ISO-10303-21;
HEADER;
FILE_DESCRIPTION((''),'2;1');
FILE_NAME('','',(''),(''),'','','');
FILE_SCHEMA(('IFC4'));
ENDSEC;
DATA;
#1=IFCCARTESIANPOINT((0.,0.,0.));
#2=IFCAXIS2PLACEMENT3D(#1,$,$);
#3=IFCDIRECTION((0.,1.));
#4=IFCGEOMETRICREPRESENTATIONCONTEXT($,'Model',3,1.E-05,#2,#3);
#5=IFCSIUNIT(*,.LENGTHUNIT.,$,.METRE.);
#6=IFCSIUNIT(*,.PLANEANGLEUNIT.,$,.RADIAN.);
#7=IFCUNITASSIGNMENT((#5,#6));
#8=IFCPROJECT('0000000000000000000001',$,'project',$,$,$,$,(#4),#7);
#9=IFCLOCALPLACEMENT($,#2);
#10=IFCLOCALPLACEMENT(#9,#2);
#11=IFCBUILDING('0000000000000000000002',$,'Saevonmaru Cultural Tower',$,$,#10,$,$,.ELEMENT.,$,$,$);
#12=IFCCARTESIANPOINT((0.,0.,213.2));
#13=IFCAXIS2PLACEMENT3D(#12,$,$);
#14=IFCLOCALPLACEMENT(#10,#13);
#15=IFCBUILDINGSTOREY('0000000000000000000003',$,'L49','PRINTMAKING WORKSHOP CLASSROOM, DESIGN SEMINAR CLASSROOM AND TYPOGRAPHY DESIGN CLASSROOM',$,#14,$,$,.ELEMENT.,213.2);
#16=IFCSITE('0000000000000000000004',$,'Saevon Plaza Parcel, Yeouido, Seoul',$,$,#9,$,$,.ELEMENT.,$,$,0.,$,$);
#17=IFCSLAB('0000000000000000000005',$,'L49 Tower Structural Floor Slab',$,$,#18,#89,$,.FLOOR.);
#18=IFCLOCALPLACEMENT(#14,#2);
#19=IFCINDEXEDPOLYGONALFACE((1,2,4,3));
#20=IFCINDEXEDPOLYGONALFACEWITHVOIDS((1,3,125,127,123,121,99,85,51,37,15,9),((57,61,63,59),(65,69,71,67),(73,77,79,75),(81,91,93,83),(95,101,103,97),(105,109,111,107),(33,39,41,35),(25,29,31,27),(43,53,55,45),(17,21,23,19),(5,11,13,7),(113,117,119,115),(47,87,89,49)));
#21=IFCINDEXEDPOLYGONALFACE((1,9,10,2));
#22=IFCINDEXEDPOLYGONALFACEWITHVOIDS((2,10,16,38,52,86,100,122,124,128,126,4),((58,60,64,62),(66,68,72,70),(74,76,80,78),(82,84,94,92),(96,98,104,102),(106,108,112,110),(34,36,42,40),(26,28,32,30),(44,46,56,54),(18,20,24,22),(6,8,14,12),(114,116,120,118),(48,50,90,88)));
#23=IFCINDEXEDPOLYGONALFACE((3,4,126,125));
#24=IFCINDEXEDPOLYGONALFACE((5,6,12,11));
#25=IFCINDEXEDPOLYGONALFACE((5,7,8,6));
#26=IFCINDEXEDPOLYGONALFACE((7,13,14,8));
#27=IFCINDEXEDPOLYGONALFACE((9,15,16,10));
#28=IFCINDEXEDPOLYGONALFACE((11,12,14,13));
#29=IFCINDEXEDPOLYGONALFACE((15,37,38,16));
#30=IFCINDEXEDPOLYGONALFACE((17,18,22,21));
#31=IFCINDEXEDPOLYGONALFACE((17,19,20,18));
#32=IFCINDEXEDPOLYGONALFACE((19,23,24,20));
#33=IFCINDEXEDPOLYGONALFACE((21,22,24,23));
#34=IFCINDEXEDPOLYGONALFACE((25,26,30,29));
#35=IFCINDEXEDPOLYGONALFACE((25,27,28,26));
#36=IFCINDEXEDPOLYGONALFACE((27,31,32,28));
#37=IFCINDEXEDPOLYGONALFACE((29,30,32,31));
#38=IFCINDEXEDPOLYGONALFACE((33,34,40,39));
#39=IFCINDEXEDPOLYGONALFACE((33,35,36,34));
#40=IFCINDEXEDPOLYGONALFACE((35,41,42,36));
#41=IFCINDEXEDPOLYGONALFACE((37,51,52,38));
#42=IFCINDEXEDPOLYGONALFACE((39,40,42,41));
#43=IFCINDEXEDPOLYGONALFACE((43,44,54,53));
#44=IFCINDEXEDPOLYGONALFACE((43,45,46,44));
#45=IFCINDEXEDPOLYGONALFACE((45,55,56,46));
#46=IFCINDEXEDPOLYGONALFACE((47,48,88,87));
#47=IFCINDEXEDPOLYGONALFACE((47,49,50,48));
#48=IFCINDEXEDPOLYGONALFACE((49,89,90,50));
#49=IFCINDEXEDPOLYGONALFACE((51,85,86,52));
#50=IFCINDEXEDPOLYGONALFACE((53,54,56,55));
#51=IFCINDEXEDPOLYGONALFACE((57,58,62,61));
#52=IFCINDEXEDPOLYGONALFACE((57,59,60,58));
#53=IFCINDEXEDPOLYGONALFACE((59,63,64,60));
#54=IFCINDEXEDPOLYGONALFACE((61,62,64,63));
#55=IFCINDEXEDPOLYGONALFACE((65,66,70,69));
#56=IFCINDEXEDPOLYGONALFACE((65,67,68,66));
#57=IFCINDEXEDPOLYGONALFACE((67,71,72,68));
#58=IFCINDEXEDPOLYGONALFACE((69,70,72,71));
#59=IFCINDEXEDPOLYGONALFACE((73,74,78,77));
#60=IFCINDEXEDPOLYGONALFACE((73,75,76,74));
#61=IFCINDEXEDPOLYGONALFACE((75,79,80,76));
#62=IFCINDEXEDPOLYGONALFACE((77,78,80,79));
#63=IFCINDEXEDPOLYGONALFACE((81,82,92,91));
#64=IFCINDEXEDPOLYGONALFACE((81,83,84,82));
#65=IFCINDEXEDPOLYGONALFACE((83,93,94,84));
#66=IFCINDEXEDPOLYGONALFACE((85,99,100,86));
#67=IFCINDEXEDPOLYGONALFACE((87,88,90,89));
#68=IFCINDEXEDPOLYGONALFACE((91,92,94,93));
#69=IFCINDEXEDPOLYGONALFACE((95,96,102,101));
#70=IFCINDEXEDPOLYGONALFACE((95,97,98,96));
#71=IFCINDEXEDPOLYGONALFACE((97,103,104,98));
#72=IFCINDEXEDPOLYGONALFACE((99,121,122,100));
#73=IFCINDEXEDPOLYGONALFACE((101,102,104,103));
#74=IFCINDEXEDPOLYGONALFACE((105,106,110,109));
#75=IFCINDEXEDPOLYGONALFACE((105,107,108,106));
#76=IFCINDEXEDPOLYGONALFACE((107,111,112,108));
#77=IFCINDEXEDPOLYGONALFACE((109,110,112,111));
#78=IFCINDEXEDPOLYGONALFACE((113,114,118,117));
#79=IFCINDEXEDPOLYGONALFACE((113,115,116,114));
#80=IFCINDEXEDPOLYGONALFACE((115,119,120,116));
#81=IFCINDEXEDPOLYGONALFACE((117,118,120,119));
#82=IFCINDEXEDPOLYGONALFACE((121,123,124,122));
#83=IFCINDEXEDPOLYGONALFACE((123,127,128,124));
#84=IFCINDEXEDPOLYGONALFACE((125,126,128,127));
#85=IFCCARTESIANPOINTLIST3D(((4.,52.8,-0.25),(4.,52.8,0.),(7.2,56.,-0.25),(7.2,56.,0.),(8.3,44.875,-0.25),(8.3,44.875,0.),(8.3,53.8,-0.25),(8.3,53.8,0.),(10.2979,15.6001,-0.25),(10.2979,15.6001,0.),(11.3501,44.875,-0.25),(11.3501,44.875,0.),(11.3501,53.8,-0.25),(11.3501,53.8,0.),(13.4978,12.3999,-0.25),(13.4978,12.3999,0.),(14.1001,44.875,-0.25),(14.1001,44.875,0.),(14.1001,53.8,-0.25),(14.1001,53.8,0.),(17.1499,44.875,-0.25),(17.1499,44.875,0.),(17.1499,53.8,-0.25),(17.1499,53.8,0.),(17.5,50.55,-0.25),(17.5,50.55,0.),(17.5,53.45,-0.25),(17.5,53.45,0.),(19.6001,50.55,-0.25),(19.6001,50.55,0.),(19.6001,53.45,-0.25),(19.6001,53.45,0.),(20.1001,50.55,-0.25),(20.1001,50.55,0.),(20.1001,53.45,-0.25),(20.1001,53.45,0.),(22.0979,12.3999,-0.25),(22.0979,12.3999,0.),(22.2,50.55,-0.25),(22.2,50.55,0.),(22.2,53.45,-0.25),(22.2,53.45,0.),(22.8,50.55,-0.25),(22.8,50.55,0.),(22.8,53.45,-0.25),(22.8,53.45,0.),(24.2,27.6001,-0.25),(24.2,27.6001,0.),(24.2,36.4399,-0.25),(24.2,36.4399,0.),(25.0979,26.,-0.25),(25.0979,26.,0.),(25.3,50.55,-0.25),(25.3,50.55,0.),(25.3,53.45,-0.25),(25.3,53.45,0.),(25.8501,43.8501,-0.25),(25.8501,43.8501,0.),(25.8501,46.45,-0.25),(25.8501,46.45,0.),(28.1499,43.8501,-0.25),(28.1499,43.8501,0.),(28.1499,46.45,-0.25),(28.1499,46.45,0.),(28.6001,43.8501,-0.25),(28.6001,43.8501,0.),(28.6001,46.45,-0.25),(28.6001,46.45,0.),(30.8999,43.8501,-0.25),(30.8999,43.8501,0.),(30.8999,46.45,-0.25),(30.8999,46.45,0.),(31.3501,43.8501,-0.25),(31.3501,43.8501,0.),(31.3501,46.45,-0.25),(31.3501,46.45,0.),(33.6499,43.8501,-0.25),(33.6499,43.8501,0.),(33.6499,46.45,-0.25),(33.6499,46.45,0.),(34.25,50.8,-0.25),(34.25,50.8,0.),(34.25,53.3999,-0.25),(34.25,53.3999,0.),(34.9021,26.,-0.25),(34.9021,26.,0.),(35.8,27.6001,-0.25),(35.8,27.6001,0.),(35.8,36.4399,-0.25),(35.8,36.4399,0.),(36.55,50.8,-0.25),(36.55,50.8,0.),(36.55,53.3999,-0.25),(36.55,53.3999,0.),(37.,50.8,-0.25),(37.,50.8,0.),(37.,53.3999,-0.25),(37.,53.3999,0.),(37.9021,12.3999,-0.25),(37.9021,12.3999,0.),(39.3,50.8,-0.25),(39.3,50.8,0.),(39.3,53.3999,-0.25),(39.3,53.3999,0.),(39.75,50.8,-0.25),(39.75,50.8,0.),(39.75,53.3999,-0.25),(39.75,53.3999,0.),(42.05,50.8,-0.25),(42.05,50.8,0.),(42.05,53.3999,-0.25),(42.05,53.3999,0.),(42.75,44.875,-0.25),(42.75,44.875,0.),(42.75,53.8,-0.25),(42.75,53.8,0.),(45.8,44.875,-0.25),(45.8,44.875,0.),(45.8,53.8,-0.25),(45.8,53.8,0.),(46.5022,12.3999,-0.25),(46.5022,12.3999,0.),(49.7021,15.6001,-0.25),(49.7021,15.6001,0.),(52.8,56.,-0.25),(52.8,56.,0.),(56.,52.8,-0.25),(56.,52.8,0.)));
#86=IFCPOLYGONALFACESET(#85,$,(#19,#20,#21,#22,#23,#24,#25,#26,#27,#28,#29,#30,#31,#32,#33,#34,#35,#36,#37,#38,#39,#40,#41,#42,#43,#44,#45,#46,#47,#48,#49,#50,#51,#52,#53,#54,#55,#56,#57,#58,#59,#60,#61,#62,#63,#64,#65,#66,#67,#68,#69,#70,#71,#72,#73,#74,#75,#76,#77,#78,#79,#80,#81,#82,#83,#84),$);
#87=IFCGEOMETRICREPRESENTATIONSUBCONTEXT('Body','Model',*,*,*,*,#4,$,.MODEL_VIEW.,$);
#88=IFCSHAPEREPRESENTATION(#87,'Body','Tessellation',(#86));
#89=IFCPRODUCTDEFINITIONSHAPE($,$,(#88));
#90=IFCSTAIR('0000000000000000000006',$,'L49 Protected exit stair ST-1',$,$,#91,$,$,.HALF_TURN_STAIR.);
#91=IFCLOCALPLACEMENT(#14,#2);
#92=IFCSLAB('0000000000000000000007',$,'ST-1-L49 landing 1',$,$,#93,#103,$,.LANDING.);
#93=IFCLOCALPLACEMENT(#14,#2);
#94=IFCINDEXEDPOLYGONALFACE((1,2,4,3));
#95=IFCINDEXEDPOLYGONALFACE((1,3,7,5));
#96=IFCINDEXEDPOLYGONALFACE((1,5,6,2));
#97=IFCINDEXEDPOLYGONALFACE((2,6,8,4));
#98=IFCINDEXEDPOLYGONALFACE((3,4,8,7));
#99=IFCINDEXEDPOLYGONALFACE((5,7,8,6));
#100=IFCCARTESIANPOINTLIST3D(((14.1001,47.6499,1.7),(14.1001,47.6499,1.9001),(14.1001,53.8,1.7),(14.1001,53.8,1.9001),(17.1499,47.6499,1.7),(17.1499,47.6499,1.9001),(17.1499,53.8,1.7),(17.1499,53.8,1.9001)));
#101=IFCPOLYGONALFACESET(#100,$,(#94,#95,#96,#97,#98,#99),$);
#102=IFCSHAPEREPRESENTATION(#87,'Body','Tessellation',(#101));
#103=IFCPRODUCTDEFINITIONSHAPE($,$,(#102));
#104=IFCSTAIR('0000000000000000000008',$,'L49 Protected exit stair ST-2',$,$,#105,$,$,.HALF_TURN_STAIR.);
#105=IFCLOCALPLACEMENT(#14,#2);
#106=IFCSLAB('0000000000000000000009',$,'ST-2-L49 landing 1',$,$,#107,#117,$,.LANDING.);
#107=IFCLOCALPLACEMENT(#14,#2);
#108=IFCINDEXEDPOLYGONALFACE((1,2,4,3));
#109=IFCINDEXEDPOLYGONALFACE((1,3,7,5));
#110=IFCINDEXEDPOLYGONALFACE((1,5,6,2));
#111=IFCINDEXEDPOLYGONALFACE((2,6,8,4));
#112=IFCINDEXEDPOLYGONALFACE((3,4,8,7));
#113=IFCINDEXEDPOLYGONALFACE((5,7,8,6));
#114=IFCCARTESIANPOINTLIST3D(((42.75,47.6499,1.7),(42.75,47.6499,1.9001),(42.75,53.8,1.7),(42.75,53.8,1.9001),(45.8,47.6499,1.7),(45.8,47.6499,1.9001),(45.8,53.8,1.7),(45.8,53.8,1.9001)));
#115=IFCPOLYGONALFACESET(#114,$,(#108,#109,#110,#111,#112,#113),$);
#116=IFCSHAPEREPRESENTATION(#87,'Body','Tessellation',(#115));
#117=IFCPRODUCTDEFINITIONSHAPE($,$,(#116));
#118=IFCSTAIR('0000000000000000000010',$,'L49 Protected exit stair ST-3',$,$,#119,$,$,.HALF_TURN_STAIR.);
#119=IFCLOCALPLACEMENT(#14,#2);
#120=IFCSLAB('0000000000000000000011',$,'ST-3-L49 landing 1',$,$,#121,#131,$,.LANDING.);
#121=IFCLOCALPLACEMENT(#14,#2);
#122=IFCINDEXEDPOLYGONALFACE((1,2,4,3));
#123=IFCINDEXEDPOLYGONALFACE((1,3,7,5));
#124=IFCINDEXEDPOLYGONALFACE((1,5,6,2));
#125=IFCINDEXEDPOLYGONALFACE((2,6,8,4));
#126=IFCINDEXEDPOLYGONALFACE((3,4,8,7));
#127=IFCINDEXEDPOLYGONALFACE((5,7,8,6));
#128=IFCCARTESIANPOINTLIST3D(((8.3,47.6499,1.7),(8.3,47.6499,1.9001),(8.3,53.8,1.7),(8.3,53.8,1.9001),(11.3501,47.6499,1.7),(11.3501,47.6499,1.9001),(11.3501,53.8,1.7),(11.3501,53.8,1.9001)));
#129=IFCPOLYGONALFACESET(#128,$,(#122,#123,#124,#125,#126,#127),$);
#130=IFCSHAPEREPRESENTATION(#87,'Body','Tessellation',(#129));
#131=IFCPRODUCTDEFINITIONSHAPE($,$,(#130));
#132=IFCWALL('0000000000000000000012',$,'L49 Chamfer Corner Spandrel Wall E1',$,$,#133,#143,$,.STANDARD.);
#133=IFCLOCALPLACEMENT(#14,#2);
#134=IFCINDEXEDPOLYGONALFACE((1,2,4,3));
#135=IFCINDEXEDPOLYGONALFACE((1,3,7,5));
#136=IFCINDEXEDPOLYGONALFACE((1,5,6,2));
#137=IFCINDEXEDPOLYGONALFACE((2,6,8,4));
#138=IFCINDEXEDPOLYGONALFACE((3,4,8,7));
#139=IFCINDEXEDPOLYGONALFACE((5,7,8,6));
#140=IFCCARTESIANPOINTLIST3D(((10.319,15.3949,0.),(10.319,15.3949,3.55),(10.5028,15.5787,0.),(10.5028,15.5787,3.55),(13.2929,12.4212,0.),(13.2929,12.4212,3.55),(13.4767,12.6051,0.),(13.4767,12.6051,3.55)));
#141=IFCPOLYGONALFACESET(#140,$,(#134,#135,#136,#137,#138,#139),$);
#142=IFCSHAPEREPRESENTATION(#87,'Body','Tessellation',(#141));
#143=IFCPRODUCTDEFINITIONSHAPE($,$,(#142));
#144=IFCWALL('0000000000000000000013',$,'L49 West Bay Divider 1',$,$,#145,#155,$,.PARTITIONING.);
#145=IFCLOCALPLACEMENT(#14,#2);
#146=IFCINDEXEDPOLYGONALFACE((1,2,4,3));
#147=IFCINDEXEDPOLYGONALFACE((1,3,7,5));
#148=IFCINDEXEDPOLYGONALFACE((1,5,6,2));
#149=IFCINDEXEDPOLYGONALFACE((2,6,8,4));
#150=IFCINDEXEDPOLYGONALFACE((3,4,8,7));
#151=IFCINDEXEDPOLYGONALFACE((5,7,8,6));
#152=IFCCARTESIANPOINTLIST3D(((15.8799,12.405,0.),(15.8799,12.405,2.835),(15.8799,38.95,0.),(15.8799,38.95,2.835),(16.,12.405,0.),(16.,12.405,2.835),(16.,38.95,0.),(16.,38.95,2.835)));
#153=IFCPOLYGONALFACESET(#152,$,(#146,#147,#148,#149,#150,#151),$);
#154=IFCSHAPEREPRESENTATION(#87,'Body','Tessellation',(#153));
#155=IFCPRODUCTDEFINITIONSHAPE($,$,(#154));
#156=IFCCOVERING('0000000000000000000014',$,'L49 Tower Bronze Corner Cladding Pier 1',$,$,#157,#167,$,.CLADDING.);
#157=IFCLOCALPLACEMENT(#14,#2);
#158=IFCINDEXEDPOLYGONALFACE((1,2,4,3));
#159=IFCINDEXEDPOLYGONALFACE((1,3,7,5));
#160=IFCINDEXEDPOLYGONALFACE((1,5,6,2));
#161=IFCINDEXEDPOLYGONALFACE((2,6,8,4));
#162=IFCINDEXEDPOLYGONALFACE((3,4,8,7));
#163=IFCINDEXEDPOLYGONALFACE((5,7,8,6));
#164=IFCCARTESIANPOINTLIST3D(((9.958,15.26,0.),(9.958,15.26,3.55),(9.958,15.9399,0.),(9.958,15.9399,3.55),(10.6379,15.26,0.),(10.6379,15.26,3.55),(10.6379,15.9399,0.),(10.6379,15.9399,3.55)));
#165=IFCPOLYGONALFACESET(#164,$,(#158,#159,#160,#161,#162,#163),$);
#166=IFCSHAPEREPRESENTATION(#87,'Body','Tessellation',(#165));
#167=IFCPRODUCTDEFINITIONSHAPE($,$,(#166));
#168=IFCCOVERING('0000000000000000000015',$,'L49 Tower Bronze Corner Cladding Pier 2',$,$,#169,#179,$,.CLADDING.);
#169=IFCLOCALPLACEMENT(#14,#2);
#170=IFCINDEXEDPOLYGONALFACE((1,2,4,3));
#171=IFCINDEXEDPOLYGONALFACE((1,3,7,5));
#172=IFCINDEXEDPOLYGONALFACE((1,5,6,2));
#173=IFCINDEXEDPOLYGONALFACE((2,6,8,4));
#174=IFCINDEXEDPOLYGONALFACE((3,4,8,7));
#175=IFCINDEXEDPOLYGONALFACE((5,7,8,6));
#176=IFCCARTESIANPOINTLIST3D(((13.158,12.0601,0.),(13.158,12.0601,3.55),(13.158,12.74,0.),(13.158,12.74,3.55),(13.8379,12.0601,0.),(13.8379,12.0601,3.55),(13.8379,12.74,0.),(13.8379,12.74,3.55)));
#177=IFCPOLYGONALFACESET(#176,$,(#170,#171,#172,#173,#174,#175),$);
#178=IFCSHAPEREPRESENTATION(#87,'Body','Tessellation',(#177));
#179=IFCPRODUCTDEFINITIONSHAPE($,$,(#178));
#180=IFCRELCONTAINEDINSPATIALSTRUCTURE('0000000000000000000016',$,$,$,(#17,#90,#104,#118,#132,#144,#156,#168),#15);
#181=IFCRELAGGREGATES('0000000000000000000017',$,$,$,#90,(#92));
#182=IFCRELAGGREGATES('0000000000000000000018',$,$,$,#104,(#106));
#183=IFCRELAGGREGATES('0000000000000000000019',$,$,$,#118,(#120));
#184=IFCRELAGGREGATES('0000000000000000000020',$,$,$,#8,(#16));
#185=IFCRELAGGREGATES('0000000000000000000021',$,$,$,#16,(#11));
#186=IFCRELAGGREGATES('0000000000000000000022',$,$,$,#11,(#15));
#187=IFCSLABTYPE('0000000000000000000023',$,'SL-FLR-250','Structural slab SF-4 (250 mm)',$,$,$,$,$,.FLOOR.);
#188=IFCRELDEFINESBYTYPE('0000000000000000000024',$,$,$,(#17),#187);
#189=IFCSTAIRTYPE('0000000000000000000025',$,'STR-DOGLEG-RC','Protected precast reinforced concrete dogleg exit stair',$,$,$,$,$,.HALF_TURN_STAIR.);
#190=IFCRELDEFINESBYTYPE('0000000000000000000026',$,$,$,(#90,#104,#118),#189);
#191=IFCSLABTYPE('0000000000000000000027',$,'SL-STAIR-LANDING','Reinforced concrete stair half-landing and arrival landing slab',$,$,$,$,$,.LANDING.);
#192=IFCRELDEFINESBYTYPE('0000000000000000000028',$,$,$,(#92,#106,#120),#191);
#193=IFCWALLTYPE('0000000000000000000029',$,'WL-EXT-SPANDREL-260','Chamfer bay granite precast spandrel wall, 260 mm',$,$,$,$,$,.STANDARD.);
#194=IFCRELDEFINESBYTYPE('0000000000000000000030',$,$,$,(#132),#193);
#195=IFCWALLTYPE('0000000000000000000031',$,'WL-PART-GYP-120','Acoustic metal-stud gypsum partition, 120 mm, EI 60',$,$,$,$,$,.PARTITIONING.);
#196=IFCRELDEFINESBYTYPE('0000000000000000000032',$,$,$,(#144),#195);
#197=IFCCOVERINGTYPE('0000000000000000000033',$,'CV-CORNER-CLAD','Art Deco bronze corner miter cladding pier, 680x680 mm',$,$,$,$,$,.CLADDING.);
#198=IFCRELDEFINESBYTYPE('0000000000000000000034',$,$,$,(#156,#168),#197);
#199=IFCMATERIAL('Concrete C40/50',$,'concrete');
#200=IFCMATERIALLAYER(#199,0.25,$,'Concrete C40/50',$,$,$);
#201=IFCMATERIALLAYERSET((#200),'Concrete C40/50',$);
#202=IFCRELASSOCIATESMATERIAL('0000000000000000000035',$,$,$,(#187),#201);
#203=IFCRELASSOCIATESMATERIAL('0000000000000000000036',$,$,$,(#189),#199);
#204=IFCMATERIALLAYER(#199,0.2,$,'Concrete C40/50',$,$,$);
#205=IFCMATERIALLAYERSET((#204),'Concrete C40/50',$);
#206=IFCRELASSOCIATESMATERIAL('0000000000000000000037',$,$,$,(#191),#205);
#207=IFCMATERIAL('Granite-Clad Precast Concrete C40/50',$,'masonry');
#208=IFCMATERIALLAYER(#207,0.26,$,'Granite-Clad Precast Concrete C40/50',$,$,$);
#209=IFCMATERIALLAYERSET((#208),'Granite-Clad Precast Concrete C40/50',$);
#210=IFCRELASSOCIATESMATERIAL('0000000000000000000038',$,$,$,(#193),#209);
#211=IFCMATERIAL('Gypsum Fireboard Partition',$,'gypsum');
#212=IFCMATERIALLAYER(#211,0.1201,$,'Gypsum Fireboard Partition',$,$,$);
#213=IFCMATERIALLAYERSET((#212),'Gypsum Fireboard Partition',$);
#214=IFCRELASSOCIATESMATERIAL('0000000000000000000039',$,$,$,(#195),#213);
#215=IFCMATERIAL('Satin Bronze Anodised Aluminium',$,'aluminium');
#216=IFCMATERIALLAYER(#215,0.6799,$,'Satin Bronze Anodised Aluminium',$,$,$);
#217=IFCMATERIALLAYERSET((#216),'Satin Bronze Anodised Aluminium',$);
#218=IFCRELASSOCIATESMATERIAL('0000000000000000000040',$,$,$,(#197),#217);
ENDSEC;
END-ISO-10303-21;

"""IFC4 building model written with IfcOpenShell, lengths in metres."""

from ifc_helpers import new_model, si_unit, direction, frame, frame_2d, origin, place, context, subcontext, project, spatial, polyline, rectangle, outline, extrude, material, layer, layer_set, type_object, element, aggregate, save


model = new_model("IFC4")

# Units and contexts
model_context = context("Model", 3, precision=1e-05, world=origin(), true_north=direction((0.0, 1.0)))
body_context = subcontext(model_context, "Body", "Model", "MODEL_VIEW")
ifc_project = project(units=[si_unit("LENGTHUNIT", "METRE"), si_unit("PLANEANGLEUNIT", "RADIAN")], contexts=[model_context])

# Site, building, storey
site_placement = place(None, origin())
site = spatial("IfcSite", under=ifc_project, at=site_placement, Name="Saevon Plaza Parcel, Yeouido, Seoul", CompositionType="ELEMENT", RefElevation=0.0)
building_placement = place(site_placement, origin())
building = spatial("IfcBuilding", under=site, at=building_placement, Name="Saevonmaru Cultural Tower", CompositionType="ELEMENT")
storey_placement = place(building_placement, frame((0.0, 0.0, 213.2)))
storey = spatial("IfcBuildingStorey", under=building, at=storey_placement, Name="L49", Description="PRINTMAKING WORKSHOP CLASSROOM, DESIGN SEMINAR CLASSROOM AND TYPOGRAPHY DESIGN CLASSROOM", CompositionType="ELEMENT", Elevation=213.2)

# Shared definitions
ifc_material_1 = material(Name="Satin Bronze Anodised Aluminium", Category="aluminium")

# Slab
ifc_material_2 = material(Name="Concrete C40/50", Category="concrete")
ifc_layer_1 = layer(ifc_material_2, 0.25, Name="Concrete C40/50")
ifc_layer_set_1 = layer_set([ifc_layer_1], Name="Concrete C40/50")
slab_type_1 = type_object("IfcSlabType", Name="SL-FLR-250", Description="Structural slab SF-4 (250 mm)", PredefinedType="FLOOR", material=ifc_layer_set_1)
slab_1_placement = place(storey_placement, frame((0.0, 0.0, -0.25)))
element("IfcSlab", 1, at=slab_1_placement, inside=storey, type_object=slab_type_1, Name="L49 Tower Structural Floor Slab", PredefinedType="FLOOR", context=body_context, shape_type="SweptSolid", body=[
    extrude(outline(polyline([(10.2979, 15.6001), (13.4978, 12.3999), (22.0979, 12.3999), (25.0979, 26.0), (34.9021, 26.0), (37.9021, 12.3999), (46.5022, 12.3999), (49.7021, 15.6001), (56.0, 52.8), (52.8, 56.0), (7.2, 56.0), (4.0, 52.8), (10.2979, 15.6001)]), holes=[polyline([(45.8, 44.875), (42.75, 44.875), (42.75, 53.8), (45.8, 53.8), (45.8, 44.875)]), polyline([(39.75, 50.8), (39.75, 53.3999), (42.05, 53.3999), (42.05, 50.8), (39.75, 50.8)]), polyline([(37.0, 50.8), (37.0, 53.3999), (39.3, 53.3999), (39.3, 50.8), (37.0, 50.8)]), polyline([(34.25, 50.8), (34.25, 53.3999), (36.55, 53.3999), (36.55, 50.8), (34.25, 50.8)]), polyline([(24.2, 27.6001), (24.2, 36.4399), (35.8, 36.4399), (35.8, 27.6001), (24.2, 27.6001)]), polyline([(31.3501, 43.8501), (31.3501, 46.45), (33.6499, 46.45), (33.6499, 43.8501), (31.3501, 43.8501)]), polyline([(28.6001, 43.8501), (28.6001, 46.45), (30.8999, 46.45), (30.8999, 43.8501), (28.6001, 43.8501)]), polyline([(28.1499, 43.8501), (25.8501, 43.8501), (25.8501, 46.45), (28.1499, 46.45), (28.1499, 43.8501)]), polyline([(25.3, 50.55), (22.8, 50.55), (22.8, 53.45), (25.3, 53.45), (25.3, 50.55)]), polyline([(20.1001, 50.55), (20.1001, 53.45), (22.2, 53.45), (22.2, 50.55), (20.1001, 50.55)]), polyline([(17.5, 50.55), (17.5, 53.45), (19.6001, 53.45), (19.6001, 50.55), (17.5, 50.55)]), polyline([(17.1499, 53.8), (17.1499, 44.875), (14.1001, 44.875), (14.1001, 53.8), (17.1499, 53.8)]), polyline([(11.3501, 44.875), (8.3, 44.875), (8.3, 53.8), (11.3501, 53.8), (11.3501, 44.875)])]), origin(), (0.0, 0.0, 1.0), 0.25),
])

# Stairs, slabs
stair_type = type_object("IfcStairType", Name="STR-DOGLEG-RC", Description="Protected precast reinforced concrete dogleg exit stair", PredefinedType="HALF_TURN_STAIR", material=ifc_material_2)
stair_1_placement = place(storey_placement, origin())
stair_1 = element("IfcStair", 2, at=stair_1_placement, inside=storey, type_object=stair_type, Name="L49 Protected exit stair ST-1", PredefinedType="HALF_TURN_STAIR")
ifc_layer_2 = layer(ifc_material_2, 0.2, Name="Concrete C40/50")
ifc_layer_set_2 = layer_set([ifc_layer_2], Name="Concrete C40/50")
slab_type_2 = type_object("IfcSlabType", Name="SL-STAIR-LANDING", Description="Reinforced concrete stair half-landing and arrival landing slab", PredefinedType="LANDING", material=ifc_layer_set_2)
slab_2_placement = place(storey_placement, frame((0.0, 0.0, 1.7)))
slab_2 = element("IfcSlab", 3, at=slab_2_placement, type_object=slab_type_2, Name="ST-1-L49 landing 1", PredefinedType="LANDING", context=body_context, shape_type="SweptSolid", body=[
    extrude(outline(polyline([(17.1499, 47.6499), (17.1499, 53.8), (14.1001, 53.8), (14.1001, 47.6499), (17.1499, 47.6499)])), origin(), (0.0, 0.0, 1.0), 0.2002),
])
aggregate(stair_1, [slab_2])
stair_2_placement = place(storey_placement, origin())
stair_2 = element("IfcStair", 4, at=stair_2_placement, inside=storey, type_object=stair_type, Name="L49 Protected exit stair ST-2", PredefinedType="HALF_TURN_STAIR")
slab_3_placement = place(storey_placement, frame((0.0, 0.0, 1.7)))
slab_3 = element("IfcSlab", 5, at=slab_3_placement, type_object=slab_type_2, Name="ST-2-L49 landing 1", PredefinedType="LANDING", context=body_context, shape_type="SweptSolid", body=[
    extrude(outline(polyline([(45.8, 47.6499), (45.8, 53.8), (42.75, 53.8), (42.75, 47.6499), (45.8, 47.6499)])), origin(), (0.0, 0.0, 1.0), 0.2002),
])
aggregate(stair_2, [slab_3])
stair_3_placement = place(storey_placement, origin())
stair_3 = element("IfcStair", 6, at=stair_3_placement, inside=storey, type_object=stair_type, Name="L49 Protected exit stair ST-3", PredefinedType="HALF_TURN_STAIR")
slab_4_placement = place(storey_placement, frame((0.0, 0.0, 1.7)))
slab_4 = element("IfcSlab", 7, at=slab_4_placement, type_object=slab_type_2, Name="ST-3-L49 landing 1", PredefinedType="LANDING", context=body_context, shape_type="SweptSolid", body=[
    extrude(outline(polyline([(11.3501, 47.6499), (11.3501, 53.8), (8.3, 53.8), (8.3, 47.6499), (11.3501, 47.6499)])), origin(), (0.0, 0.0, 1.0), 0.2002),
])
aggregate(stair_3, [slab_4])

# Walls
ifc_material_3 = material(Name="Granite-Clad Precast Concrete C40/50", Category="masonry")
ifc_layer_3 = layer(ifc_material_3, 0.26, Name="Granite-Clad Precast Concrete C40/50")
ifc_layer_set_3 = layer_set([ifc_layer_3], Name="Granite-Clad Precast Concrete C40/50")
wall_type_1 = type_object("IfcWallType", Name="WL-EXT-SPANDREL-260", Description="Chamfer bay granite precast spandrel wall, 260 mm", PredefinedType="STANDARD", material=ifc_layer_set_3)
wall_1_placement = place(storey_placement, frame((10.4109, 15.4868, 0.0), z_axis=(0.0, 0.0, 1.0), x_axis=(0.707136, -0.707078, 0.0)))
element("IfcWall", 8, at=wall_1_placement, inside=storey, type_object=wall_type_1, Name="L49 Chamfer Corner Spandrel Wall E1", PredefinedType="STANDARD", context=body_context, shape_type="SweptSolid", body=[
    extrude(rectangle(XDim=4.2056, YDim=0.26, at=frame_2d((2.1028, 0.0))), origin(), (0.0, 0.0, 1.0), 3.55),
])
ifc_material_4 = material(Name="Gypsum Fireboard Partition", Category="gypsum")
ifc_layer_4 = layer(ifc_material_4, 0.1201, Name="Gypsum Fireboard Partition")
ifc_layer_set_4 = layer_set([ifc_layer_4], Name="Gypsum Fireboard Partition")
wall_type_2 = type_object("IfcWallType", Name="WL-PART-GYP-120", Description="Acoustic metal-stud gypsum partition, 120 mm, EI 60", PredefinedType="PARTITIONING", material=ifc_layer_set_4)
wall_2_placement = place(storey_placement, frame((15.9399, 12.405, 0.0), z_axis=(0.0, 0.0, 1.0), x_axis=(0.0, 1.0, 0.0)))
element("IfcWall", 9, at=wall_2_placement, inside=storey, type_object=wall_type_2, Name="L49 West Bay Divider 1", PredefinedType="PARTITIONING", context=body_context, shape_type="SweptSolid", body=[
    extrude(rectangle(XDim=26.5449, YDim=0.1201, at=frame_2d((13.2725, 0.0))), origin(), (0.0, 0.0, 1.0), 2.835),
])

# Coverings
ifc_layer_5 = layer(ifc_material_1, 0.6799, Name="Satin Bronze Anodised Aluminium")
ifc_layer_set_5 = layer_set([ifc_layer_5], Name="Satin Bronze Anodised Aluminium")
covering_type = type_object("IfcCoveringType", Name="CV-CORNER-CLAD", Description="Art Deco bronze corner miter cladding pier, 680x680 mm", PredefinedType="CLADDING", material=ifc_layer_set_5)
covering_1_placement = place(storey_placement, origin())
element("IfcCovering", 10, at=covering_1_placement, inside=storey, type_object=covering_type, Name="L49 Tower Bronze Corner Cladding Pier 1", PredefinedType="CLADDING", context=body_context, shape_type="SweptSolid", body=[
    extrude(outline(polyline([(9.958, 15.26), (10.6379, 15.26), (10.6379, 15.9399), (9.958, 15.9399), (9.958, 15.26)])), origin(), (0.0, 0.0, 1.0), 3.55),
])
covering_2_placement = place(storey_placement, origin())
element("IfcCovering", 11, at=covering_2_placement, inside=storey, type_object=covering_type, Name="L49 Tower Bronze Corner Cladding Pier 2", PredefinedType="CLADDING", context=body_context, shape_type="SweptSolid", body=[
    extrude(outline(polyline([(13.158, 12.0601), (13.8379, 12.0601), (13.8379, 12.74), (13.158, 12.74), (13.158, 12.0601)])), origin(), (0.0, 0.0, 1.0), 3.55),
])

save(model, "model.ifc")
